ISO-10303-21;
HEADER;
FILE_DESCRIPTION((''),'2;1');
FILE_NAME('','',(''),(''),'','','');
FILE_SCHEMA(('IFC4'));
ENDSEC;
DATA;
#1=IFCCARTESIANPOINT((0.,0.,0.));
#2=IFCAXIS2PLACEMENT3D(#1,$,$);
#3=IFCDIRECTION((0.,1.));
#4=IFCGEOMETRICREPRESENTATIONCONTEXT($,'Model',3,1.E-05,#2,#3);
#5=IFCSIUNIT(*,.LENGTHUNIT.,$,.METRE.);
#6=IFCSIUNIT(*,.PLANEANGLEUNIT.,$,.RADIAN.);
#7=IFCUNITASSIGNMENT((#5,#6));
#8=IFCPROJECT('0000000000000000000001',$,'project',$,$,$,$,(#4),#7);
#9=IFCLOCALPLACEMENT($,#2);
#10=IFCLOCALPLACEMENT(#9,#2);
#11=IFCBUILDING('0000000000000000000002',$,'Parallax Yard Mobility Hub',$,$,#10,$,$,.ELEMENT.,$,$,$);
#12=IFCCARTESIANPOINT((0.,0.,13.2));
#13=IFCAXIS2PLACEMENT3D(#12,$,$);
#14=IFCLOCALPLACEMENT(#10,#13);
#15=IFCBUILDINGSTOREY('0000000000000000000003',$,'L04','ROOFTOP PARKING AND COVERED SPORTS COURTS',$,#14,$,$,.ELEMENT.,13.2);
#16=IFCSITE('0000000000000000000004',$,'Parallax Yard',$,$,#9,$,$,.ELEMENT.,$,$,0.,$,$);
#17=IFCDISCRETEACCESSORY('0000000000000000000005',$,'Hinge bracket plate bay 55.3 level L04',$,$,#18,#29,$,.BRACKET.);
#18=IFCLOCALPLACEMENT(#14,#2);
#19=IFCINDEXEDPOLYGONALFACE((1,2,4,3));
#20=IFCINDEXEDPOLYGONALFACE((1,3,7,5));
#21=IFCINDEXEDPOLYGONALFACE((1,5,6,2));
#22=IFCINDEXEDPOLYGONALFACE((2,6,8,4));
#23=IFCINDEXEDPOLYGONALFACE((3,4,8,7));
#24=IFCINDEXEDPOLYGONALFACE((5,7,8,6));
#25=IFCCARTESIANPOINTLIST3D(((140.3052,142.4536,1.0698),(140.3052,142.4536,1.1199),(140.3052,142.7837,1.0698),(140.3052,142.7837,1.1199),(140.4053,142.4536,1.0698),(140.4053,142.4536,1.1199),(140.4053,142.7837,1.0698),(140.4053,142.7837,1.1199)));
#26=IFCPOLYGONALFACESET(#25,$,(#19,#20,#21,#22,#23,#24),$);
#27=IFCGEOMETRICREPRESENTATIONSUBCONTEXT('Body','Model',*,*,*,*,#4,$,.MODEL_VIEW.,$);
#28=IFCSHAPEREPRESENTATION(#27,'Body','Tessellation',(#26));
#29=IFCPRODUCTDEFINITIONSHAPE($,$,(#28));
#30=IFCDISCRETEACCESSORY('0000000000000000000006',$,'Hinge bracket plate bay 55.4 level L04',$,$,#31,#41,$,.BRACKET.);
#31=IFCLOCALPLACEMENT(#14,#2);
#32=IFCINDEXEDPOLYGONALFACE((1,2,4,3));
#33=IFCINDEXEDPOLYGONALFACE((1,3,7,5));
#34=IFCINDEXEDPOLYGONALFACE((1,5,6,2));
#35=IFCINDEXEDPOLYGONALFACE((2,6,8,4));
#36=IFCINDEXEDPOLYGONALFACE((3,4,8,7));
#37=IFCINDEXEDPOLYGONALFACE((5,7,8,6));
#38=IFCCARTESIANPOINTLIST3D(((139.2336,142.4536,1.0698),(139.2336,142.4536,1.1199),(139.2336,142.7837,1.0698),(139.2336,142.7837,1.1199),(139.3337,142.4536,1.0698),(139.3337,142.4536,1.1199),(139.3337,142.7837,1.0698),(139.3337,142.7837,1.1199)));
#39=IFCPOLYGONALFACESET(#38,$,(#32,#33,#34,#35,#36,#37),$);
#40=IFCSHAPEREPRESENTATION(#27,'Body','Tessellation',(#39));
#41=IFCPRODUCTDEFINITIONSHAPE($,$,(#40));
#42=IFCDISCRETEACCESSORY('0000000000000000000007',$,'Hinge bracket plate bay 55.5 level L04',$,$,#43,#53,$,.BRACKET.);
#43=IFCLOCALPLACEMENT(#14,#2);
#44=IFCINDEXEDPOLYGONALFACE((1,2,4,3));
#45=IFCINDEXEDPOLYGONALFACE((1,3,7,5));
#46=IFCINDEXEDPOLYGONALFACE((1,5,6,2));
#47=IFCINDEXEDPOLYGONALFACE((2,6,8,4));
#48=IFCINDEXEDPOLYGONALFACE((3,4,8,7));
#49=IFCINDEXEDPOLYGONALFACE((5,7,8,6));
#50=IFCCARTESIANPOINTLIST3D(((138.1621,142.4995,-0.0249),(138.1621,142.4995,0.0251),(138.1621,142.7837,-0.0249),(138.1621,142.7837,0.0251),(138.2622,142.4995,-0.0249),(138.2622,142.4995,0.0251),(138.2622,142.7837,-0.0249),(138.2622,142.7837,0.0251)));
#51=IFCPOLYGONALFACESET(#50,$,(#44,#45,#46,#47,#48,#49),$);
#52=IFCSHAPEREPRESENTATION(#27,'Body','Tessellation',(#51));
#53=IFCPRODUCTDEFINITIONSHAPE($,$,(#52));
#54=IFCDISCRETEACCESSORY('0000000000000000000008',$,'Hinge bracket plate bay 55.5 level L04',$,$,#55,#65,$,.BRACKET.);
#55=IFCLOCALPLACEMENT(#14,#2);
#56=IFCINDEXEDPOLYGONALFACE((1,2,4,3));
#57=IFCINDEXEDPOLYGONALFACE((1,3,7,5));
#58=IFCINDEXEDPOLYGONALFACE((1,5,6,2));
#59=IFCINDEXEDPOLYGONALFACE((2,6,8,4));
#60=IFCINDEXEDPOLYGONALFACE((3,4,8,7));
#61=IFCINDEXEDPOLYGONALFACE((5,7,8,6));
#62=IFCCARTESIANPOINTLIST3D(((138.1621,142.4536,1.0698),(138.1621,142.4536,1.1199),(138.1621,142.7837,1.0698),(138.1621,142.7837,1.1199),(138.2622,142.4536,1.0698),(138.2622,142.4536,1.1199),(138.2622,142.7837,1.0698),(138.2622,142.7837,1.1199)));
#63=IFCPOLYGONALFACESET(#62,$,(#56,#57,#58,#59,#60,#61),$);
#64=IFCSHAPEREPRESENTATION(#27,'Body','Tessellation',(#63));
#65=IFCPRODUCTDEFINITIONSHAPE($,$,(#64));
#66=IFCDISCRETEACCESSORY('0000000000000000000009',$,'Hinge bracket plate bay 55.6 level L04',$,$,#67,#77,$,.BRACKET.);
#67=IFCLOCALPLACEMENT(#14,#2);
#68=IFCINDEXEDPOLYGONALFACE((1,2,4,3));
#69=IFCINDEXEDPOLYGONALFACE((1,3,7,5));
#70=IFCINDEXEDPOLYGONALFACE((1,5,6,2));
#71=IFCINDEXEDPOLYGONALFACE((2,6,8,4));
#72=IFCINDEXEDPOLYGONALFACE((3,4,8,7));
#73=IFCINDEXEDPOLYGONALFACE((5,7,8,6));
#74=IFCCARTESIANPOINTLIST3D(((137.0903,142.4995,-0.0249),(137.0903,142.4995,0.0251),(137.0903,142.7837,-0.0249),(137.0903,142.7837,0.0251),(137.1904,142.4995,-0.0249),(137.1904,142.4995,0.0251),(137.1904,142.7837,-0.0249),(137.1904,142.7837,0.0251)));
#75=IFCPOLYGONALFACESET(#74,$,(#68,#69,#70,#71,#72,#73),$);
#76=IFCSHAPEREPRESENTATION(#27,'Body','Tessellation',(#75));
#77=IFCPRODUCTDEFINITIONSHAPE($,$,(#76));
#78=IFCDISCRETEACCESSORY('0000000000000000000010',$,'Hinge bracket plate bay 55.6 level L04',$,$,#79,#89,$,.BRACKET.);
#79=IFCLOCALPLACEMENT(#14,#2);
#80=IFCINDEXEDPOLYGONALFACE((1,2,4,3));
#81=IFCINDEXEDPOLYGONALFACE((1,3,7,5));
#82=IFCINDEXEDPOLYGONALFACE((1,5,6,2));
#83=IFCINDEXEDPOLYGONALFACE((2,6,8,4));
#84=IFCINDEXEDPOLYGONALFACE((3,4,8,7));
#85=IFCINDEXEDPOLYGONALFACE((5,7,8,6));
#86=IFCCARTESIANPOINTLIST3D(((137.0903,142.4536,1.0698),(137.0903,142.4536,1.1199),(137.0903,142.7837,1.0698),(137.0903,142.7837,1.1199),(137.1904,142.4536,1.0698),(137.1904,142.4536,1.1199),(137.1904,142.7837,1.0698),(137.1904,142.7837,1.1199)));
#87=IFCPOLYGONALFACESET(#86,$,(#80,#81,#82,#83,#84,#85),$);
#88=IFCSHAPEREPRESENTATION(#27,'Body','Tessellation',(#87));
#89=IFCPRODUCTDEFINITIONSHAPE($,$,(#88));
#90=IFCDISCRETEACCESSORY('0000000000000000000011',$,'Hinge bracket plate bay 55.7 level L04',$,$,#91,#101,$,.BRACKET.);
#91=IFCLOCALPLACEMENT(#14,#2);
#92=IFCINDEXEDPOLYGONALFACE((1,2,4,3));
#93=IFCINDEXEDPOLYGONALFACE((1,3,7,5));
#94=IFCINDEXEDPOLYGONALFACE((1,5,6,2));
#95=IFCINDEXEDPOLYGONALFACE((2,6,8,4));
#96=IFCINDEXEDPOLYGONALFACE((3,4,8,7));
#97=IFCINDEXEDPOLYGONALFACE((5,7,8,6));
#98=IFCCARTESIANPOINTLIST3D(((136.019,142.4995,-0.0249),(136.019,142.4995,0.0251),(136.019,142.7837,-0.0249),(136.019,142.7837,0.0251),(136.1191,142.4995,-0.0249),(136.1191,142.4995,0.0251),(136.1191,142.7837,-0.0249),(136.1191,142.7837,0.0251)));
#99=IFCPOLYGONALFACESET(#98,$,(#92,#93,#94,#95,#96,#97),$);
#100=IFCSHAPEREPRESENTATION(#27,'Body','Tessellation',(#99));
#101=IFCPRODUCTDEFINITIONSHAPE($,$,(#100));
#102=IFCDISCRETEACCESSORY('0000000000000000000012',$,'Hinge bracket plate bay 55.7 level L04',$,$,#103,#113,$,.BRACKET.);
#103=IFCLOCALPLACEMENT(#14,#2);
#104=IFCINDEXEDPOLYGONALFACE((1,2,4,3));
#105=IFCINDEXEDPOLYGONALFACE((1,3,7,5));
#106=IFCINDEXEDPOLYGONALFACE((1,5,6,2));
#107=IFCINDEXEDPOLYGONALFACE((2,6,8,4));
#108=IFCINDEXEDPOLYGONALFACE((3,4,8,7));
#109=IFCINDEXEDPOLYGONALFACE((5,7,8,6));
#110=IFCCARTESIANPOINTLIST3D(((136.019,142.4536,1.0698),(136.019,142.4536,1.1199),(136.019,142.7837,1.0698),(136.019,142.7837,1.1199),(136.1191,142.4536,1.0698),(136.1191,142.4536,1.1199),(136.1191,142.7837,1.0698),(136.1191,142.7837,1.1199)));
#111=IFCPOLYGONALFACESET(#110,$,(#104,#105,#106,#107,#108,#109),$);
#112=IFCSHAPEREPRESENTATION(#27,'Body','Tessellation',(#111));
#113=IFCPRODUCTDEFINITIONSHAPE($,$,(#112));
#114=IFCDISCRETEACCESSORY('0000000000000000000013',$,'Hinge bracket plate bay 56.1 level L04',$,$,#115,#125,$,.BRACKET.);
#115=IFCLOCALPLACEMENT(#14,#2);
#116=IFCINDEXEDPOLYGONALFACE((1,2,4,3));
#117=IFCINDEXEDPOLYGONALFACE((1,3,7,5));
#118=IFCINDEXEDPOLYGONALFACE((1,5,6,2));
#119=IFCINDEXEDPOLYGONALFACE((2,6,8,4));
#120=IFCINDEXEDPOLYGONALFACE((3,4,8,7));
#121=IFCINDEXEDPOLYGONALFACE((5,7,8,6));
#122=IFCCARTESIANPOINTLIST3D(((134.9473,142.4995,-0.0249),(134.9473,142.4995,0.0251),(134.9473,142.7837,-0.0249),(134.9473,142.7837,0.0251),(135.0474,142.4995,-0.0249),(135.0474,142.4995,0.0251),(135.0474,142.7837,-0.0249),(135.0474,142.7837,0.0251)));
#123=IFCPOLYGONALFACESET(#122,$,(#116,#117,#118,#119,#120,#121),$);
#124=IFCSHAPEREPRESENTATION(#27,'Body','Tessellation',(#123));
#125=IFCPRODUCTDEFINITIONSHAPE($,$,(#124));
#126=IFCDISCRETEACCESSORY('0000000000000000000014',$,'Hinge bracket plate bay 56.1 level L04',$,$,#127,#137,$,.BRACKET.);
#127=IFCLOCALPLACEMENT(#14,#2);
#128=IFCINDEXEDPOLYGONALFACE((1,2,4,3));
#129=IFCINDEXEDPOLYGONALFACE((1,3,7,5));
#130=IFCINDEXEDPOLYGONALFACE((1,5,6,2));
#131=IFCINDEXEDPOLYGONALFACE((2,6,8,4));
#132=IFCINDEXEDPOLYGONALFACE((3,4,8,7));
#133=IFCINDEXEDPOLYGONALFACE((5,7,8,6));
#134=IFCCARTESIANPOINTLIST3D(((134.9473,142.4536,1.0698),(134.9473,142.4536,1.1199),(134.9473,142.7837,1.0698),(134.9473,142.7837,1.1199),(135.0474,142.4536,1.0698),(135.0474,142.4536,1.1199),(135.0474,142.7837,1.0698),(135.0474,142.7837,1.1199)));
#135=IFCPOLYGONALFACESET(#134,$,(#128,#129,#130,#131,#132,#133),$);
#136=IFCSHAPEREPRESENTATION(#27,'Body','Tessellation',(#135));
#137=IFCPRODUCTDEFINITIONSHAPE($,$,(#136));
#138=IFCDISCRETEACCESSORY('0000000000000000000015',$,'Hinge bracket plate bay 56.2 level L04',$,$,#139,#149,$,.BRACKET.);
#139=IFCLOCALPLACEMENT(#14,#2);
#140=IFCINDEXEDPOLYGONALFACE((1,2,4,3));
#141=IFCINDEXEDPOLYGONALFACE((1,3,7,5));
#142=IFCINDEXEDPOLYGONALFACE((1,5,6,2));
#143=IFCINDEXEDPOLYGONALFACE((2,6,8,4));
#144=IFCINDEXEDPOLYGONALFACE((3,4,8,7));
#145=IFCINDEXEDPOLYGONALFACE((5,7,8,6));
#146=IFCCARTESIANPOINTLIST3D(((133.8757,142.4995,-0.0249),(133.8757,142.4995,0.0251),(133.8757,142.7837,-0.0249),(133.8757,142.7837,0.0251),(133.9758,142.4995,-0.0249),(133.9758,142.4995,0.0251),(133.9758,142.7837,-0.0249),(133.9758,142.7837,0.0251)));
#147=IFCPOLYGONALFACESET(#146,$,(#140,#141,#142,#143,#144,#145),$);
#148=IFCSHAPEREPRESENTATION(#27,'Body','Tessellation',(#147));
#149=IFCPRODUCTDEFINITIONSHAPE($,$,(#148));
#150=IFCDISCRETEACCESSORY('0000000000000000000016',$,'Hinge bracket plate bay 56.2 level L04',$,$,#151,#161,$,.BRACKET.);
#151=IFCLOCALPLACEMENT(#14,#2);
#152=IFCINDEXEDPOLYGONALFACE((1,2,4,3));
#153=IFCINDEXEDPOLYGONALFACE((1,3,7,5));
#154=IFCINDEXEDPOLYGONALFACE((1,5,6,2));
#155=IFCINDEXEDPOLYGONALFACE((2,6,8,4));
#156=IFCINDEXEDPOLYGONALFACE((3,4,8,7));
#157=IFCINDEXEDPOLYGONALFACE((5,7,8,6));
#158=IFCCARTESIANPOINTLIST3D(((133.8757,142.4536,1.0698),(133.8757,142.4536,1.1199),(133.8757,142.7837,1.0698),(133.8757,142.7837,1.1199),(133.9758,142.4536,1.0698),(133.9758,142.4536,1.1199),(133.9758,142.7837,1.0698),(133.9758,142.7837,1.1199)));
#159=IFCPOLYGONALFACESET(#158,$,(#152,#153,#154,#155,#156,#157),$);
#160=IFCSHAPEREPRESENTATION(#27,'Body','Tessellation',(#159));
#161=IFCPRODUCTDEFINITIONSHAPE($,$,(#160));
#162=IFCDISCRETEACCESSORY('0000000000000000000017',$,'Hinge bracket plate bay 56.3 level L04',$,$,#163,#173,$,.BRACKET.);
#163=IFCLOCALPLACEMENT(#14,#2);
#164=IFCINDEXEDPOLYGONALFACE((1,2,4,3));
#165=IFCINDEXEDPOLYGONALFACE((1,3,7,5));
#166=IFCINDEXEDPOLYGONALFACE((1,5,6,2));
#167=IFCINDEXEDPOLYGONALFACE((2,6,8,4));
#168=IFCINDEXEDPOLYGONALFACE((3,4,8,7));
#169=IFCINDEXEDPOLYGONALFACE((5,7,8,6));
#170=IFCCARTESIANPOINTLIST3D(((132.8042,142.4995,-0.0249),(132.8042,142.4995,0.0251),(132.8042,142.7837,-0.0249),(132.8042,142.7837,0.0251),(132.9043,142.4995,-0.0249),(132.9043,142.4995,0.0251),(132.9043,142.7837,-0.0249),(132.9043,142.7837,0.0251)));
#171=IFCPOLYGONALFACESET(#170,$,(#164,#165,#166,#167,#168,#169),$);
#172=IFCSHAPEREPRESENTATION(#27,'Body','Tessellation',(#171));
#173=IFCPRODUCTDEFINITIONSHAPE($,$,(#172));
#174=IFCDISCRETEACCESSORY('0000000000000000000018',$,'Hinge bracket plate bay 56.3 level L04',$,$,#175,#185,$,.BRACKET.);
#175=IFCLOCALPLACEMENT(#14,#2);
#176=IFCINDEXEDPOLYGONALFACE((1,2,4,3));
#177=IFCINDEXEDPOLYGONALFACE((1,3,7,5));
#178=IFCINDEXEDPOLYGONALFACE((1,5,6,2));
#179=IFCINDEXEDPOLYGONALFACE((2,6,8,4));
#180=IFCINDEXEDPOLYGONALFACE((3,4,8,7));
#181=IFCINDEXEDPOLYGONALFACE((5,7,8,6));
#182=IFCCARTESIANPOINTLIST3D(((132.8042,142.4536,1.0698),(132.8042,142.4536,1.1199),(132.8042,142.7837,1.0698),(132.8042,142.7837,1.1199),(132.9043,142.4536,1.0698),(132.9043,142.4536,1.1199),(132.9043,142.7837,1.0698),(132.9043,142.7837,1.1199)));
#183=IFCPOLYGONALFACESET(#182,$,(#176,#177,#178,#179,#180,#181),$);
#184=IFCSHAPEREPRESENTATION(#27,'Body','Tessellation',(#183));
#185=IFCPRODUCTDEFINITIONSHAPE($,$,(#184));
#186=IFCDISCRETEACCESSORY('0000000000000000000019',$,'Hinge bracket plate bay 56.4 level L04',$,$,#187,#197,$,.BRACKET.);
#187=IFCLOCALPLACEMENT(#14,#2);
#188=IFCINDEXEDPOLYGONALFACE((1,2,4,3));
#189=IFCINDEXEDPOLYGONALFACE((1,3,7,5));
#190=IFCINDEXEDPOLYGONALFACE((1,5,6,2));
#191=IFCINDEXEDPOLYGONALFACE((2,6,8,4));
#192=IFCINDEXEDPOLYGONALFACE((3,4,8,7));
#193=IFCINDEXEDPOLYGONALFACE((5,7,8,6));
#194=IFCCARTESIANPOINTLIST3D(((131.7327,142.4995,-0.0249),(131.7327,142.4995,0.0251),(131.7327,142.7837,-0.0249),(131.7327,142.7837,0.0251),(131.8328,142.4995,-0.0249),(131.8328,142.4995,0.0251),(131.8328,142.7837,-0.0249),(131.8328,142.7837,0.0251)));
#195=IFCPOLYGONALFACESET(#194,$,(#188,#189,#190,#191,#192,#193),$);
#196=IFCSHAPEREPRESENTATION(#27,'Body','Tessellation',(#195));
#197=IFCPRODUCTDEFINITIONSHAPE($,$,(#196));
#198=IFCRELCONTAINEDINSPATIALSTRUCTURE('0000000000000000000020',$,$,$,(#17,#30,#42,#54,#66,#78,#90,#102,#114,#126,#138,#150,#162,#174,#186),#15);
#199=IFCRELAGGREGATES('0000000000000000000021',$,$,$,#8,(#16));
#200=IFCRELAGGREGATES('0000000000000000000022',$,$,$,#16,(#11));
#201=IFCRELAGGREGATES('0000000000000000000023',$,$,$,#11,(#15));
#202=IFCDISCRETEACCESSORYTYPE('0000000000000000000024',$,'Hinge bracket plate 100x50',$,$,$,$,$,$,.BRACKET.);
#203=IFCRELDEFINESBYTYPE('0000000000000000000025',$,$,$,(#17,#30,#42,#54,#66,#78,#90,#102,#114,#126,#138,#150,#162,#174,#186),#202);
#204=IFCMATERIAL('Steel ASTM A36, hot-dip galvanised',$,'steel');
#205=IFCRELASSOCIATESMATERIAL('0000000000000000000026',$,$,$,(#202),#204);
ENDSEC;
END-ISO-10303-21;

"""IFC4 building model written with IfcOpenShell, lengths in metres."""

from ifc_helpers import new_model, si_unit, direction, frame, origin, origin_2d, place, context, subcontext, project, spatial, rectangle, extrude, material, type_object, element, save


model = new_model("IFC4")

# Units and contexts
model_context = context("Model", 3, precision=1e-05, world=origin(), true_north=direction((0.0, 1.0)))
body_context = subcontext(model_context, "Body", "Model", "MODEL_VIEW")
ifc_project = project(units=[si_unit("LENGTHUNIT", "METRE"), si_unit("PLANEANGLEUNIT", "RADIAN")], contexts=[model_context])

# Site, building, storey
site_placement = place(None, origin())
site = spatial("IfcSite", under=ifc_project, at=site_placement, Name="Parallax Yard", CompositionType="ELEMENT", RefElevation=0.0)
building_placement = place(site_placement, origin())
building = spatial("IfcBuilding", under=site, at=building_placement, Name="Parallax Yard Mobility Hub", CompositionType="ELEMENT")
storey_placement = place(building_placement, frame((0.0, 0.0, 13.2)))
storey = spatial("IfcBuildingStorey", under=building, at=storey_placement, Name="L04", Description="ROOFTOP PARKING AND COVERED SPORTS COURTS", CompositionType="ELEMENT", Elevation=13.2)

# Discrete accessories
ifc_material_1 = material(Name="Steel ASTM A36, hot-dip galvanised", Category="steel")
discrete_accessory_type = type_object("IfcDiscreteAccessoryType", Name="Hinge bracket plate 100x50", PredefinedType="BRACKET", material=ifc_material_1)
for number, where, z_axis, x_axis, name in (
    (1, (140.3552, 142.6187, 1.0698), (0.0, 0.0, 1.0), (0.0, 1.0, 0.0), "Hinge bracket plate bay 55.3 level L04"),
    (2, (139.2837, 142.6187, 1.0698), (0.0, 0.0, 1.0), (0.0, 1.0, 0.0), "Hinge bracket plate bay 55.4 level L04"),
):
    element("IfcDiscreteAccessory", number, at=place(storey_placement, frame(where, z_axis=z_axis, x_axis=x_axis)), inside=storey, type_object=discrete_accessory_type, Name=name, PredefinedType="BRACKET", context=body_context, shape_type="SweptSolid", body=[
        extrude(rectangle(XDim=0.3301, YDim=0.1001, at=origin_2d()), origin(), (0.0, 0.0, 1.0), 0.05),
    ])
discrete_accessory_1_placement = place(storey_placement, frame((138.2122, 142.6416, -0.0249), z_axis=(0.0, 0.0, 1.0), x_axis=(0.0, 1.0, 0.0)))
element("IfcDiscreteAccessory", 3, at=discrete_accessory_1_placement, inside=storey, type_object=discrete_accessory_type, Name="Hinge bracket plate bay 55.5 level L04", PredefinedType="BRACKET", context=body_context, shape_type="SweptSolid", body=[
    extrude(rectangle(XDim=0.2842, YDim=0.1001, at=origin_2d()), origin(), (0.0, 0.0, 1.0), 0.05),
])
discrete_accessory_2_placement = place(storey_placement, frame((138.2122, 142.6187, 1.0698), z_axis=(0.0, 0.0, 1.0), x_axis=(0.0, 1.0, 0.0)))
element("IfcDiscreteAccessory", 4, at=discrete_accessory_2_placement, inside=storey, type_object=discrete_accessory_type, Name="Hinge bracket plate bay 55.5 level L04", PredefinedType="BRACKET", context=body_context, shape_type="SweptSolid", body=[
    extrude(rectangle(XDim=0.3301, YDim=0.1001, at=origin_2d()), origin(), (0.0, 0.0, 1.0), 0.05),
])
discrete_accessory_3_placement = place(storey_placement, frame((137.1404, 142.6416, -0.0249), z_axis=(0.0, 0.0, 1.0), x_axis=(0.0, 1.0, 0.0)))
element("IfcDiscreteAccessory", 5, at=discrete_accessory_3_placement, inside=storey, type_object=discrete_accessory_type, Name="Hinge bracket plate bay 55.6 level L04", PredefinedType="BRACKET", context=body_context, shape_type="SweptSolid", body=[
    extrude(rectangle(XDim=0.2842, YDim=0.1001, at=origin_2d()), origin(), (0.0, 0.0, 1.0), 0.05),
])
discrete_accessory_4_placement = place(storey_placement, frame((137.1404, 142.6187, 1.0698), z_axis=(0.0, 0.0, 1.0), x_axis=(0.0, 1.0, 0.0)))
element("IfcDiscreteAccessory", 6, at=discrete_accessory_4_placement, inside=storey, type_object=discrete_accessory_type, Name="Hinge bracket plate bay 55.6 level L04", PredefinedType="BRACKET", context=body_context, shape_type="SweptSolid", body=[
    extrude(rectangle(XDim=0.3301, YDim=0.1001, at=origin_2d()), origin(), (0.0, 0.0, 1.0), 0.05),
])
discrete_accessory_5_placement = place(storey_placement, frame((136.0691, 142.6416, -0.0249), z_axis=(0.0, 0.0, 1.0), x_axis=(0.0, 1.0, 0.0)))
element("IfcDiscreteAccessory", 7, at=discrete_accessory_5_placement, inside=storey, type_object=discrete_accessory_type, Name="Hinge bracket plate bay 55.7 level L04", PredefinedType="BRACKET", context=body_context, shape_type="SweptSolid", body=[
    extrude(rectangle(XDim=0.2842, YDim=0.1001, at=origin_2d()), origin(), (0.0, 0.0, 1.0), 0.05),
])
discrete_accessory_6_placement = place(storey_placement, frame((136.0691, 142.6187, 1.0698), z_axis=(0.0, 0.0, 1.0), x_axis=(0.0, 1.0, 0.0)))
element("IfcDiscreteAccessory", 8, at=discrete_accessory_6_placement, inside=storey, type_object=discrete_accessory_type, Name="Hinge bracket plate bay 55.7 level L04", PredefinedType="BRACKET", context=body_context, shape_type="SweptSolid", body=[
    extrude(rectangle(XDim=0.3301, YDim=0.1001, at=origin_2d()), origin(), (0.0, 0.0, 1.0), 0.05),
])
discrete_accessory_7_placement = place(storey_placement, frame((134.9973, 142.6416, -0.0249), z_axis=(0.0, 0.0, 1.0), x_axis=(0.0, 1.0, 0.0)))
element("IfcDiscreteAccessory", 9, at=discrete_accessory_7_placement, inside=storey, type_object=discrete_accessory_type, Name="Hinge bracket plate bay 56.1 level L04", PredefinedType="BRACKET", context=body_context, shape_type="SweptSolid", body=[
    extrude(rectangle(XDim=0.2842, YDim=0.1001, at=origin_2d()), origin(), (0.0, 0.0, 1.0), 0.05),
])
discrete_accessory_8_placement = place(storey_placement, frame((134.9973, 142.6187, 1.0698), z_axis=(0.0, 0.0, 1.0), x_axis=(0.0, 1.0, 0.0)))
element("IfcDiscreteAccessory", 10, at=discrete_accessory_8_placement, inside=storey, type_object=discrete_accessory_type, Name="Hinge bracket plate bay 56.1 level L04", PredefinedType="BRACKET", context=body_context, shape_type="SweptSolid", body=[
    extrude(rectangle(XDim=0.3301, YDim=0.1001, at=origin_2d()), origin(), (0.0, 0.0, 1.0), 0.05),
])
discrete_accessory_9_placement = place(storey_placement, frame((133.9258, 142.6416, -0.0249), z_axis=(0.0, 0.0, 1.0), x_axis=(0.0, 1.0, 0.0)))
element("IfcDiscreteAccessory", 11, at=discrete_accessory_9_placement, inside=storey, type_object=discrete_accessory_type, Name="Hinge bracket plate bay 56.2 level L04", PredefinedType="BRACKET", context=body_context, shape_type="SweptSolid", body=[
    extrude(rectangle(XDim=0.2842, YDim=0.1001, at=origin_2d()), origin(), (0.0, 0.0, 1.0), 0.05),
])
discrete_accessory_10_placement = place(storey_placement, frame((133.9258, 142.6187, 1.0698), z_axis=(0.0, 0.0, 1.0), x_axis=(0.0, 1.0, 0.0)))
element("IfcDiscreteAccessory", 12, at=discrete_accessory_10_placement, inside=storey, type_object=discrete_accessory_type, Name="Hinge bracket plate bay 56.2 level L04", PredefinedType="BRACKET", context=body_context, shape_type="SweptSolid", body=[
    extrude(rectangle(XDim=0.3301, YDim=0.1001, at=origin_2d()), origin(), (0.0, 0.0, 1.0), 0.05),
])
discrete_accessory_11_placement = place(storey_placement, frame((132.8542, 142.6416, -0.0249), z_axis=(0.0, 0.0, 1.0), x_axis=(0.0, 1.0, 0.0)))
element("IfcDiscreteAccessory", 13, at=discrete_accessory_11_placement, inside=storey, type_object=discrete_accessory_type, Name="Hinge bracket plate bay 56.3 level L04", PredefinedType="BRACKET", context=body_context, shape_type="SweptSolid", body=[
    extrude(rectangle(XDim=0.2842, YDim=0.1001, at=origin_2d()), origin(), (0.0, 0.0, 1.0), 0.05),
])
discrete_accessory_12_placement = place(storey_placement, frame((132.8542, 142.6187, 1.0698), z_axis=(0.0, 0.0, 1.0), x_axis=(0.0, 1.0, 0.0)))
element("IfcDiscreteAccessory", 14, at=discrete_accessory_12_placement, inside=storey, type_object=discrete_accessory_type, Name="Hinge bracket plate bay 56.3 level L04", PredefinedType="BRACKET", context=body_context, shape_type="SweptSolid", body=[
    extrude(rectangle(XDim=0.3301, YDim=0.1001, at=origin_2d()), origin(), (0.0, 0.0, 1.0), 0.05),
])
discrete_accessory_13_placement = place(storey_placement, frame((131.7827, 142.6416, -0.0249), z_axis=(0.0, 0.0, 1.0), x_axis=(0.0, 1.0, 0.0)))
element("IfcDiscreteAccessory", 15, at=discrete_accessory_13_placement, inside=storey, type_object=discrete_accessory_type, Name="Hinge bracket plate bay 56.4 level L04", PredefinedType="BRACKET", context=body_context, shape_type="SweptSolid", body=[
    extrude(rectangle(XDim=0.2842, YDim=0.1001, at=origin_2d()), origin(), (0.0, 0.0, 1.0), 0.05),
])

save(model, "model.ifc")
